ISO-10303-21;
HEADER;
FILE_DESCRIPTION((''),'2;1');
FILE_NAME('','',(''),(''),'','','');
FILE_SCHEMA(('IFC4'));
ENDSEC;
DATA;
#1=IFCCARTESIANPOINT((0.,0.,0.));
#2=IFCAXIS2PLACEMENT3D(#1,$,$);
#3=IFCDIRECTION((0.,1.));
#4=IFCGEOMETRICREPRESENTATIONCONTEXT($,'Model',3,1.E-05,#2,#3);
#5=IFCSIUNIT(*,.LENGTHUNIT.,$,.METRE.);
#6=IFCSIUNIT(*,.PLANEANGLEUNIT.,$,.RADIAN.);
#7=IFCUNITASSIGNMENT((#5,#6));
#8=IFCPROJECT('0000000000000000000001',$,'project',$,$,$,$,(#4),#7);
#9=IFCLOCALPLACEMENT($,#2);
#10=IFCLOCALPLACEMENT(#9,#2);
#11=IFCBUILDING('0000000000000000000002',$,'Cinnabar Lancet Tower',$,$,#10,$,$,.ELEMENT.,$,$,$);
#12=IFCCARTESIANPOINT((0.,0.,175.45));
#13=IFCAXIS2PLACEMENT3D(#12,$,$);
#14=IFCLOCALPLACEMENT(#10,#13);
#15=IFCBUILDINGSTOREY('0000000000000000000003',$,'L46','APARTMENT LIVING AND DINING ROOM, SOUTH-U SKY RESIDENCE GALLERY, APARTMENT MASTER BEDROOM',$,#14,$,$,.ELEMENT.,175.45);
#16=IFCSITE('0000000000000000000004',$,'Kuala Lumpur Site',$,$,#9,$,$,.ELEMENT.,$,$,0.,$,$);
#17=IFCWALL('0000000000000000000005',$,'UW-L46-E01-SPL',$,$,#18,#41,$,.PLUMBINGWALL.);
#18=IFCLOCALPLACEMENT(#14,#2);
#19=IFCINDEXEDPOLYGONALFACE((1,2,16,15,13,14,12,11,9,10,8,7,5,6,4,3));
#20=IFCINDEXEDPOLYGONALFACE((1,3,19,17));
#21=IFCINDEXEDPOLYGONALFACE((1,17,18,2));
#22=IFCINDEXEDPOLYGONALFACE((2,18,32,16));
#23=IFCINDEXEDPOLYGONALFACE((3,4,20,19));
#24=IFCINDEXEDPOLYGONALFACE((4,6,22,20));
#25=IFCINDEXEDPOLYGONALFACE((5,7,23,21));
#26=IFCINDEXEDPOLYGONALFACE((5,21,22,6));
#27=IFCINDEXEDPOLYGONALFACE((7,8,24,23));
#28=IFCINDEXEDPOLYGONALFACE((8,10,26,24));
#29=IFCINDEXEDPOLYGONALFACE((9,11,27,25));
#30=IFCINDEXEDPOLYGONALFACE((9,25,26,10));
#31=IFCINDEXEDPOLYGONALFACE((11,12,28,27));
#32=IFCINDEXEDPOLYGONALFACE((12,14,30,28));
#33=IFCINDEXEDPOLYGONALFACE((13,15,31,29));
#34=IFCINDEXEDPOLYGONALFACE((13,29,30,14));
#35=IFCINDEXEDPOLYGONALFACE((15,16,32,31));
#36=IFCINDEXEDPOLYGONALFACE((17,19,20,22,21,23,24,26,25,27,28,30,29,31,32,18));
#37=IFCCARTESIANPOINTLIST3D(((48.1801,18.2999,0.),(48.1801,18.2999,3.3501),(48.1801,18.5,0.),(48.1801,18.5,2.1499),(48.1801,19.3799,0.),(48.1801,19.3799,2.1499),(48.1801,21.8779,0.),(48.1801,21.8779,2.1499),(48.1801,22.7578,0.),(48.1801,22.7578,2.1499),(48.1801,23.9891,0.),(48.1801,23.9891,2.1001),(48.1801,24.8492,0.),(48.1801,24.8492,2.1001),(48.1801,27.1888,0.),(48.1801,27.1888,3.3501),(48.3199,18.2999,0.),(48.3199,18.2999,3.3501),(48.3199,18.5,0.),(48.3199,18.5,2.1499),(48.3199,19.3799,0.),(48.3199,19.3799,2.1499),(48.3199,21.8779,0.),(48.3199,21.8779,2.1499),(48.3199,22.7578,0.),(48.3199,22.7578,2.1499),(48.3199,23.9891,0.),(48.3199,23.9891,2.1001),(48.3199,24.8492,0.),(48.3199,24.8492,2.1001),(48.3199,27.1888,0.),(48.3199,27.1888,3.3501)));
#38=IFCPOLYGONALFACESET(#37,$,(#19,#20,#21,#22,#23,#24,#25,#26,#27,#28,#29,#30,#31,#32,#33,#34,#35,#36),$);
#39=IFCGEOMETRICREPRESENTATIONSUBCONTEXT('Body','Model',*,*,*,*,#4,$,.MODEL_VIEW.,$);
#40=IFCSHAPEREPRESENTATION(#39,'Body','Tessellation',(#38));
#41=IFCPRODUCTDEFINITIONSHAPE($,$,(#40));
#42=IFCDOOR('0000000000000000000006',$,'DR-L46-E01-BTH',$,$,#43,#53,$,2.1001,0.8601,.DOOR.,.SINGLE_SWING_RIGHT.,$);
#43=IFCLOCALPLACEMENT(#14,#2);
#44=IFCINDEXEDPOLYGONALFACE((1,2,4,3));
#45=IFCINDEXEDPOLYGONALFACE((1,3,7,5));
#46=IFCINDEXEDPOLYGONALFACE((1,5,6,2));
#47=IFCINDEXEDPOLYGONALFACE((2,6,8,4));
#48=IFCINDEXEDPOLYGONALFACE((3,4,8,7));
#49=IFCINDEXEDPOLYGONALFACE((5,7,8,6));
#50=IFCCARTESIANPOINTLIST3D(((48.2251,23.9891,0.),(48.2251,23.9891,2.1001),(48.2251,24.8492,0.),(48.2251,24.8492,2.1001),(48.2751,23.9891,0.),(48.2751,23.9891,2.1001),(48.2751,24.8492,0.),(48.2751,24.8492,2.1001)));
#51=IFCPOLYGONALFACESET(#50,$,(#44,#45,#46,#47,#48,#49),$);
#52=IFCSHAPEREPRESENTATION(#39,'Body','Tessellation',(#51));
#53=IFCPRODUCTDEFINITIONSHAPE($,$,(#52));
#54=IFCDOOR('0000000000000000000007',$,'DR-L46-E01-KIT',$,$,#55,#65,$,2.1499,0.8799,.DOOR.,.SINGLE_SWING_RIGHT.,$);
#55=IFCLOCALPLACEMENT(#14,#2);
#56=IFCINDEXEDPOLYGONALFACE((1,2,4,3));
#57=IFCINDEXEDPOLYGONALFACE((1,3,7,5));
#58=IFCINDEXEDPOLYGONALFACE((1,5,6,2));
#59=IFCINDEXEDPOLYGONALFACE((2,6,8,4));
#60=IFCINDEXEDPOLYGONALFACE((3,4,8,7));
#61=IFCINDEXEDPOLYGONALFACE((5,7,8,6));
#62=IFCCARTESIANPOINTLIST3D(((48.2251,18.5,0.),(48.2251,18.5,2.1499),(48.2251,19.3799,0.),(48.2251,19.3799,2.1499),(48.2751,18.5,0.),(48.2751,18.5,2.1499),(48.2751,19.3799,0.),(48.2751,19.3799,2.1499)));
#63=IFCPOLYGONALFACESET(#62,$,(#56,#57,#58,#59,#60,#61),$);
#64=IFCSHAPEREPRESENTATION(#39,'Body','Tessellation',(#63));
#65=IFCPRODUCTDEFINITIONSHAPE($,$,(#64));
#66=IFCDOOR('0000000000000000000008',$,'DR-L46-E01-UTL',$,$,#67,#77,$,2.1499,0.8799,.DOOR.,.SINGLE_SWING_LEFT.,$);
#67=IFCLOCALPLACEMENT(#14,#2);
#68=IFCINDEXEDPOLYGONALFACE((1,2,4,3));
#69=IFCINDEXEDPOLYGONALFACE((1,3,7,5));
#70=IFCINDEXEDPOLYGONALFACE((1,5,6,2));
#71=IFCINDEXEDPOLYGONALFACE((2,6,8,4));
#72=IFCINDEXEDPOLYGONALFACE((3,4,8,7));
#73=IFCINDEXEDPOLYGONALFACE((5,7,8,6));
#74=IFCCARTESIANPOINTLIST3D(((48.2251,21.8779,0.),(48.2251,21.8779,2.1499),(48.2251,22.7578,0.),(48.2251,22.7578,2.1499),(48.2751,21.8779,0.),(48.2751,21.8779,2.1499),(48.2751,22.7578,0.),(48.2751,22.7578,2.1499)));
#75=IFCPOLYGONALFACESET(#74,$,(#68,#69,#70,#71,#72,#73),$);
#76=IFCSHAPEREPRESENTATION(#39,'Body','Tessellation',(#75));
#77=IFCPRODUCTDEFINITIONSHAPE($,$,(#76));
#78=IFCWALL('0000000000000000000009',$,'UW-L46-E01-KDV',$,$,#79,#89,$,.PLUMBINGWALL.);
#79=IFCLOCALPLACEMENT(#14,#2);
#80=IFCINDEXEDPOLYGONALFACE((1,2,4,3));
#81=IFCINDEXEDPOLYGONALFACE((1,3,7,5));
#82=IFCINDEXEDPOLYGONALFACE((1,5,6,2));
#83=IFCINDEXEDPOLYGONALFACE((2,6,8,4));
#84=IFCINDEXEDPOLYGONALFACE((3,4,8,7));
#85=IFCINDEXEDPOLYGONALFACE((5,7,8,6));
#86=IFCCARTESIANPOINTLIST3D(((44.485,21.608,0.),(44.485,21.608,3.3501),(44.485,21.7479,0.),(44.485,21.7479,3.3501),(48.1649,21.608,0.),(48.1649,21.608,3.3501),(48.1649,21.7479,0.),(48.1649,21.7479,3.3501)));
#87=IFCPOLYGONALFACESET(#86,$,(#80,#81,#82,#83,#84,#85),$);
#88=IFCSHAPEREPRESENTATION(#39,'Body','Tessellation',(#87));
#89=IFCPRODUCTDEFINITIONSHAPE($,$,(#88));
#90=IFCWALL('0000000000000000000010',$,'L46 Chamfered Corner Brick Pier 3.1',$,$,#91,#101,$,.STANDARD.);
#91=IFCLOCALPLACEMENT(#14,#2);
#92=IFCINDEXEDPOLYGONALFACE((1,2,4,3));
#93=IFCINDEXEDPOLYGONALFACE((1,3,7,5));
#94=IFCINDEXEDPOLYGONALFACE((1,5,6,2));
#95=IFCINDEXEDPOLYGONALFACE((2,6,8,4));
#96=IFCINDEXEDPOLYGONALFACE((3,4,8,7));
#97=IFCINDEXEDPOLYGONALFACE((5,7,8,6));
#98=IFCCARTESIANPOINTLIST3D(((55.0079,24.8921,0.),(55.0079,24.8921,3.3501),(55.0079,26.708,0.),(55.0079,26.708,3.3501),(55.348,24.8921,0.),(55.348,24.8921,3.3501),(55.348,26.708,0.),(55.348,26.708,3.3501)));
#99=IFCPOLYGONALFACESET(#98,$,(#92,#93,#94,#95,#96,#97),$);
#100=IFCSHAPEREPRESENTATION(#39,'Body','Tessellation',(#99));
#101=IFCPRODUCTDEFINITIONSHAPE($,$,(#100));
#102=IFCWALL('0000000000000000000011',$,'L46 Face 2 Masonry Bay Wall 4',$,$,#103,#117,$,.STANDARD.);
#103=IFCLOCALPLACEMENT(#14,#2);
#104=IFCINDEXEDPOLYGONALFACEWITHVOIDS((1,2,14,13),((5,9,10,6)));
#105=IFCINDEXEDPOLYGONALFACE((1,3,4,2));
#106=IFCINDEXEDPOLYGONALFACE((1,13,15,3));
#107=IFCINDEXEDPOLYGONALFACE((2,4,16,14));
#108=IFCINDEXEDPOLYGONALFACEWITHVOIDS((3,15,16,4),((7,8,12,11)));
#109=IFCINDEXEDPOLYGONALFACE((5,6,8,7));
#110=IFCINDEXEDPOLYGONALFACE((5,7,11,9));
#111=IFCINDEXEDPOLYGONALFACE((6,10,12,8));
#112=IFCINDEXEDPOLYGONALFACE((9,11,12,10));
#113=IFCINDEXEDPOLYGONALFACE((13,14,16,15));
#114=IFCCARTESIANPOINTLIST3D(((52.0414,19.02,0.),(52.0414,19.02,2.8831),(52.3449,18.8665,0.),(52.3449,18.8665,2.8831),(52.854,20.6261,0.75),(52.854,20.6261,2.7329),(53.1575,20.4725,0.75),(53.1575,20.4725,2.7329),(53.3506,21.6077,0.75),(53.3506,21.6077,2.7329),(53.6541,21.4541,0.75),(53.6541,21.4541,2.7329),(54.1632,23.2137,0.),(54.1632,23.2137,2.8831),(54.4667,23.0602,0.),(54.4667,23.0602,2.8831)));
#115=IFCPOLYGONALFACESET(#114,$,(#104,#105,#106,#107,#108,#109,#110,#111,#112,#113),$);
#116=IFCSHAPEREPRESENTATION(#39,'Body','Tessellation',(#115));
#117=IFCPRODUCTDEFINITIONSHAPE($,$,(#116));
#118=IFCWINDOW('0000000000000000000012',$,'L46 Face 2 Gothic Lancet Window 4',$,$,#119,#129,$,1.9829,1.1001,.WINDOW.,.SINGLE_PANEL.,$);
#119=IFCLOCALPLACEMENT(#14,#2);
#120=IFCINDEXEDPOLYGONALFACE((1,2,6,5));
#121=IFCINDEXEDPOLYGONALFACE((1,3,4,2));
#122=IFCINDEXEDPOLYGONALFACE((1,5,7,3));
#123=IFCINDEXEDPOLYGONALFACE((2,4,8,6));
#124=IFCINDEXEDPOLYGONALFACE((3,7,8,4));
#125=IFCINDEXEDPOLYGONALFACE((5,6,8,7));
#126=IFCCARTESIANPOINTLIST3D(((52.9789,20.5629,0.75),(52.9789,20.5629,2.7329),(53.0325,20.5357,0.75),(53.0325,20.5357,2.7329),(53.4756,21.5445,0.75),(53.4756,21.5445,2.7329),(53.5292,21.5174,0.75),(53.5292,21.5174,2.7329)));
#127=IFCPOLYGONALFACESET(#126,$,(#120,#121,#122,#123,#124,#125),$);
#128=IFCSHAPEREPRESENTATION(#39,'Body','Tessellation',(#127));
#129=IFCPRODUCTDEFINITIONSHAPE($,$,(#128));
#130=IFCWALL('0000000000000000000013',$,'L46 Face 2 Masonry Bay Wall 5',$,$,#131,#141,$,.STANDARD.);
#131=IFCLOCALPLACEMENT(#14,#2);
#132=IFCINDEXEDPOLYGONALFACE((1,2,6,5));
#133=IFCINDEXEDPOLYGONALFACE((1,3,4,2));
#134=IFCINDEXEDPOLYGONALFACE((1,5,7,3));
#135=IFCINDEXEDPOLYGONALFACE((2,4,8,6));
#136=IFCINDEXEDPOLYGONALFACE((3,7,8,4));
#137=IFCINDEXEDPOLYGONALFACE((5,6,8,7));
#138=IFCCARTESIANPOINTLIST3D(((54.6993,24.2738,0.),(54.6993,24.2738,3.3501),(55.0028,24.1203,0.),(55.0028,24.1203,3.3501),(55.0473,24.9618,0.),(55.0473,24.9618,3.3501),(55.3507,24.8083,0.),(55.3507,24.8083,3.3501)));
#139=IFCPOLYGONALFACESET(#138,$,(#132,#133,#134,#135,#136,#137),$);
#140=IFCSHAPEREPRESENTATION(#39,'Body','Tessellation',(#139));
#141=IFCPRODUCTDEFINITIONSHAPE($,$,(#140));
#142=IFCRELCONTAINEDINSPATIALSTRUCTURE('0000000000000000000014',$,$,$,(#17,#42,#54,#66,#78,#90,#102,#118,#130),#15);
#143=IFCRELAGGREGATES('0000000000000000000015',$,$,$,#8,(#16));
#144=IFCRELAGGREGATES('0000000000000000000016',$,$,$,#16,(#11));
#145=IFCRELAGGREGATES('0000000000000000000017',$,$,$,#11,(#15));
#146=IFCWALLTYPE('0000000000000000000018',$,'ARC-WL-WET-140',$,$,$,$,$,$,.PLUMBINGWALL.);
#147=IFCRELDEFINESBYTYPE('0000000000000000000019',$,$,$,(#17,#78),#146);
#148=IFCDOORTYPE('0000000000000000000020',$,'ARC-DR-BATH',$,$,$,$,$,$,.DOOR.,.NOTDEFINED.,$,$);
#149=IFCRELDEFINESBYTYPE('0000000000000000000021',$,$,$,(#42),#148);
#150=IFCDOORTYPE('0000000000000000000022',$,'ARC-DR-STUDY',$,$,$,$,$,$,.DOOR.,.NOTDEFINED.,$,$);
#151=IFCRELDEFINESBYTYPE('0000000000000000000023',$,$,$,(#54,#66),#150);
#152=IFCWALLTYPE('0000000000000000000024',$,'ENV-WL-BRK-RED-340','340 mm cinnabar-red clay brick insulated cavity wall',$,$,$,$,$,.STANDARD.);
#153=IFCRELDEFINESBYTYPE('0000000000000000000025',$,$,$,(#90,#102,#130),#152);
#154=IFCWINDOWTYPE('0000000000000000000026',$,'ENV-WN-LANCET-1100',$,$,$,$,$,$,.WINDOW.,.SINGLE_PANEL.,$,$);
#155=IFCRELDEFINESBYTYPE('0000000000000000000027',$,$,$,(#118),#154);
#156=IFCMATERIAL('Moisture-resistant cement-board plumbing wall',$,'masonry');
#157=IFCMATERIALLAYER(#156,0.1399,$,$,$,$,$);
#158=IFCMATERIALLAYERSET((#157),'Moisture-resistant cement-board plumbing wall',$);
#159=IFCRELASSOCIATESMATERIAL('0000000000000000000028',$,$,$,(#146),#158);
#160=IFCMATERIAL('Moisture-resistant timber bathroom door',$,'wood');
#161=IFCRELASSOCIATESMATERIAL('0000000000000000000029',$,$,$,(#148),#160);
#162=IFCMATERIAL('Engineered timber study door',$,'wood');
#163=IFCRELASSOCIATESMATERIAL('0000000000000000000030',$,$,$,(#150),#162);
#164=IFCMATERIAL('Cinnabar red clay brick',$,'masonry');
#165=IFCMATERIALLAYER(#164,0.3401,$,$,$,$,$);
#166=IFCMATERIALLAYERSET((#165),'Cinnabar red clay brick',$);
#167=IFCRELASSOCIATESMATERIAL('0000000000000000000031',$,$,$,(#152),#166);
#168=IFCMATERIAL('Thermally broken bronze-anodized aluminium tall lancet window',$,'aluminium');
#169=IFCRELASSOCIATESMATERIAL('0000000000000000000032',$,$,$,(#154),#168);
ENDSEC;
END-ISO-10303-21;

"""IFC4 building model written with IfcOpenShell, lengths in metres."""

from ifc_helpers import new_model, si_unit, direction, frame, frame_2d, origin, place, context, subcontext, project, spatial, rectangle, extrude, material, layer, layer_set, type_object, element, fill, save


model = new_model("IFC4")

# Units and contexts
model_context = context("Model", 3, precision=1e-05, world=origin(), true_north=direction((0.0, 1.0)))
body_context = subcontext(model_context, "Body", "Model", "MODEL_VIEW")
ifc_project = project(units=[si_unit("LENGTHUNIT", "METRE"), si_unit("PLANEANGLEUNIT", "RADIAN")], contexts=[model_context])

# Site, building, storey
site_placement = place(None, origin())
site = spatial("IfcSite", under=ifc_project, at=site_placement, Name="Kuala Lumpur Site", CompositionType="ELEMENT", RefElevation=0.0)
building_placement = place(site_placement, origin())
building = spatial("IfcBuilding", under=site, at=building_placement, Name="Cinnabar Lancet Tower", CompositionType="ELEMENT")
storey_placement = place(building_placement, frame((0.0, 0.0, 175.45)))
storey = spatial("IfcBuildingStorey", under=building, at=storey_placement, Name="L46", Description="APARTMENT LIVING AND DINING ROOM, SOUTH-U SKY RESIDENCE GALLERY, APARTMENT MASTER BEDROOM", CompositionType="ELEMENT", Elevation=175.45)

# Wall, openings, doors
ifc_material_1 = material(Name="Moisture-resistant cement-board plumbing wall", Category="masonry")
ifc_layer_1 = layer(ifc_material_1, 0.1399)
ifc_layer_set_1 = layer_set([ifc_layer_1], Name="Moisture-resistant cement-board plumbing wall")
wall_type_1 = type_object("IfcWallType", Name="ARC-WL-WET-140", PredefinedType="PLUMBINGWALL", material=ifc_layer_set_1)
wall_1_placement = place(storey_placement, frame((48.25, 18.3, 0.0), z_axis=(0.0, 0.0, 1.0), x_axis=(0.0, 1.0, 0.0)))
wall_1 = element("IfcWall", 1, at=wall_1_placement, inside=storey, type_object=wall_type_1, Name="UW-L46-E01-SPL", PredefinedType="PLUMBINGWALL", context=body_context, shape_type="SweptSolid", body=[
    extrude(rectangle(XDim=8.8889, YDim=0.1399, at=frame_2d((4.4443, 0.0))), origin(), (0.0, 0.0, 1.0), 3.3501),
])
opening_1_placement = place(wall_1_placement, frame((0.2, 0.0, 0.0)))
opening_1 = element("IfcOpeningElement", 2, at=opening_1_placement, cuts=wall_1, PredefinedType="OPENING", context=body_context, shape_type="SweptSolid", body=[
    extrude(rectangle(XDim=0.8799, YDim=2.1499, at=frame_2d((0.4399, 1.075))), frame((0.0, 0.0798, 0.0), z_axis=(0.0, -1.0, 0.0), x_axis=(1.0, 0.0, 0.0)), (0.0, 0.0, 1.0), 0.1599),
])
opening_2_placement = place(wall_1_placement, frame((3.5779, 0.0, 0.0)))
opening_2 = element("IfcOpeningElement", 3, at=opening_2_placement, cuts=wall_1, PredefinedType="OPENING", context=body_context, shape_type="SweptSolid", body=[
    extrude(rectangle(XDim=0.8799, YDim=2.1499, at=frame_2d((0.4399, 1.075))), frame((0.0, 0.0798, 0.0), z_axis=(0.0, -1.0, 0.0), x_axis=(1.0, 0.0, 0.0)), (0.0, 0.0, 1.0), 0.1599),
])
opening_3_placement = place(wall_1_placement, frame((5.689, 0.0, 0.0)))
opening_3 = element("IfcOpeningElement", 4, at=opening_3_placement, cuts=wall_1, PredefinedType="OPENING", context=body_context, shape_type="SweptSolid", body=[
    extrude(rectangle(XDim=0.8601, YDim=2.1001, at=frame_2d((0.4302, 1.05))), frame((0.0, 0.0798, 0.0), z_axis=(0.0, -1.0, 0.0), x_axis=(1.0, 0.0, 0.0)), (0.0, 0.0, 1.0), 0.1599),
])
ifc_material_2 = material(Name="Moisture-resistant timber bathroom door", Category="wood")
door_type_1 = type_object("IfcDoorType", Name="ARC-DR-BATH", OperationType="NOTDEFINED", PredefinedType="DOOR", material=ifc_material_2)
door_1_placement = place(opening_3_placement, origin())
door_1 = element("IfcDoor", 5, at=door_1_placement, inside=storey, type_object=door_type_1, Name="DR-L46-E01-BTH", OperationType="SINGLE_SWING_RIGHT", OverallHeight=2.1001, OverallWidth=0.8601, PredefinedType="DOOR", context=body_context, shape_type="SweptSolid", body=[
    extrude(rectangle(XDim=0.8601, YDim=2.1001, at=frame_2d((0.4302, 1.05))), frame((0.0, 0.0249, 0.0), z_axis=(0.0, -1.0, 0.0), x_axis=(1.0, 0.0, 0.0)), (0.0, 0.0, 1.0), 0.05),
])
fill(opening_3, door_1)
ifc_material_3 = material(Name="Engineered timber study door", Category="wood")
door_type_2 = type_object("IfcDoorType", Name="ARC-DR-STUDY", OperationType="NOTDEFINED", PredefinedType="DOOR", material=ifc_material_3)
door_2_placement = place(opening_1_placement, origin())
door_2 = element("IfcDoor", 6, at=door_2_placement, inside=storey, type_object=door_type_2, Name="DR-L46-E01-KIT", OperationType="SINGLE_SWING_RIGHT", OverallHeight=2.1499, OverallWidth=0.8799, PredefinedType="DOOR", context=body_context, shape_type="SweptSolid", body=[
    extrude(rectangle(XDim=0.8799, YDim=2.1499, at=frame_2d((0.4399, 1.075))), frame((0.0, 0.0249, 0.0), z_axis=(0.0, -1.0, 0.0), x_axis=(1.0, 0.0, 0.0)), (0.0, 0.0, 1.0), 0.05),
])
fill(opening_1, door_2)
door_3_placement = place(opening_2_placement, origin())
door_3 = element("IfcDoor", 7, at=door_3_placement, inside=storey, type_object=door_type_2, Name="DR-L46-E01-UTL", OperationType="SINGLE_SWING_LEFT", OverallHeight=2.1499, OverallWidth=0.8799, PredefinedType="DOOR", context=body_context, shape_type="SweptSolid", body=[
    extrude(rectangle(XDim=0.8799, YDim=2.1499, at=frame_2d((0.4399, 1.075))), frame((0.0, 0.0249, 0.0), z_axis=(0.0, -1.0, 0.0), x_axis=(1.0, 0.0, 0.0)), (0.0, 0.0, 1.0), 0.05),
])
fill(opening_2, door_3)

# Walls
wall_2_placement = place(storey_placement, frame((44.4851, 21.678, 0.0), z_axis=(0.0, 0.0, 1.0), x_axis=(1.0, 0.0, 0.0)))
element("IfcWall", 8, at=wall_2_placement, inside=storey, type_object=wall_type_1, Name="UW-L46-E01-KDV", PredefinedType="PLUMBINGWALL", context=body_context, shape_type="SweptSolid", body=[
    extrude(rectangle(XDim=3.6799, YDim=0.1399, at=frame_2d((1.8398, 0.0))), origin(), (0.0, 0.0, 1.0), 3.3501),
])
ifc_material_4 = material(Name="Cinnabar red clay brick", Category="masonry")
ifc_layer_2 = layer(ifc_material_4, 0.3401)
ifc_layer_set_2 = layer_set([ifc_layer_2], Name="Cinnabar red clay brick")
wall_type_2 = type_object("IfcWallType", Name="ENV-WL-BRK-RED-340", Description="340 mm cinnabar-red clay brick insulated cavity wall", PredefinedType="STANDARD", material=ifc_layer_set_2)
wall_3_placement = place(storey_placement, frame((55.178, 24.8921, 0.0), z_axis=(0.0, 0.0, 1.0), x_axis=(0.0, 1.0, 0.0)))
element("IfcWall", 9, at=wall_3_placement, inside=storey, type_object=wall_type_2, Name="L46 Chamfered Corner Brick Pier 3.1", PredefinedType="STANDARD", context=body_context, shape_type="SweptSolid", body=[
    extrude(rectangle(XDim=1.8159, YDim=0.3401, at=frame_2d((0.908, 0.0))), origin(), (0.0, 0.0, 1.0), 3.3501),
])

# Wall, opening, window
wall_4_placement = place(storey_placement, frame((52.1931, 18.9431, 0.0), z_axis=(0.0, 0.0, 1.0), x_axis=(0.451447, 0.892298, 0.0)))
wall_4 = element("IfcWall", 10, at=wall_4_placement, inside=storey, type_object=wall_type_2, Name="L46 Face 2 Masonry Bay Wall 4", PredefinedType="STANDARD", context=body_context, shape_type="SweptSolid", body=[
    extrude(rectangle(XDim=4.7, YDim=0.3401, at=frame_2d((2.3501, 0.0))), origin(), (0.0, 0.0, 1.0), 2.8831),
])
opening_4_placement = place(wall_4_placement, frame((1.8, 0.0, 0.75)))
opening_4 = element("IfcOpeningElement", 11, at=opening_4_placement, cuts=wall_4, PredefinedType="OPENING", context=body_context, shape_type="SweptSolid", body=[
    extrude(rectangle(XDim=1.1001, YDim=1.9829, at=frame_2d((0.55, 0.9915))), frame((0.0, 0.1799, 0.0), z_axis=(0.0, -1.0, 0.0), x_axis=(1.0, 0.0, 0.0)), (0.0, 0.0, 1.0), 0.3601),
])
ifc_material_5 = material(Name="Thermally broken bronze-anodized aluminium tall lancet window", Category="aluminium")
window_type = type_object("IfcWindowType", Name="ENV-WN-LANCET-1100", PartitioningType="SINGLE_PANEL", PredefinedType="WINDOW", material=ifc_material_5)
window_placement = place(opening_4_placement, origin())
window = element("IfcWindow", 12, at=window_placement, inside=storey, type_object=window_type, Name="L46 Face 2 Gothic Lancet Window 4", OverallHeight=1.9829, OverallWidth=1.1001, PartitioningType="SINGLE_PANEL", PredefinedType="WINDOW", context=body_context, shape_type="SweptSolid", body=[
    extrude(rectangle(XDim=1.1001, YDim=1.9829, at=frame_2d((0.55, 0.9915))), frame((0.0, 0.03, 0.0), z_axis=(0.0, -1.0, 0.0), x_axis=(1.0, 0.0, 0.0)), (0.0, 0.0, 1.0), 0.0601),
])
fill(opening_4, window)

# Wall
wall_5_placement = place(storey_placement, frame((54.8511, 24.197, 0.0), z_axis=(0.0, 0.0, 1.0), x_axis=(0.451262, 0.892391, 0.0)))
element("IfcWall", 13, at=wall_5_placement, inside=storey, type_object=wall_type_2, Name="L46 Face 2 Masonry Bay Wall 5", PredefinedType="STANDARD", context=body_context, shape_type="SweptSolid", body=[
    extrude(rectangle(XDim=0.771, YDim=0.3401, at=frame_2d((0.3855, 0.0))), origin(), (0.0, 0.0, 1.0), 3.3501),
])

save(model, "model.ifc")
